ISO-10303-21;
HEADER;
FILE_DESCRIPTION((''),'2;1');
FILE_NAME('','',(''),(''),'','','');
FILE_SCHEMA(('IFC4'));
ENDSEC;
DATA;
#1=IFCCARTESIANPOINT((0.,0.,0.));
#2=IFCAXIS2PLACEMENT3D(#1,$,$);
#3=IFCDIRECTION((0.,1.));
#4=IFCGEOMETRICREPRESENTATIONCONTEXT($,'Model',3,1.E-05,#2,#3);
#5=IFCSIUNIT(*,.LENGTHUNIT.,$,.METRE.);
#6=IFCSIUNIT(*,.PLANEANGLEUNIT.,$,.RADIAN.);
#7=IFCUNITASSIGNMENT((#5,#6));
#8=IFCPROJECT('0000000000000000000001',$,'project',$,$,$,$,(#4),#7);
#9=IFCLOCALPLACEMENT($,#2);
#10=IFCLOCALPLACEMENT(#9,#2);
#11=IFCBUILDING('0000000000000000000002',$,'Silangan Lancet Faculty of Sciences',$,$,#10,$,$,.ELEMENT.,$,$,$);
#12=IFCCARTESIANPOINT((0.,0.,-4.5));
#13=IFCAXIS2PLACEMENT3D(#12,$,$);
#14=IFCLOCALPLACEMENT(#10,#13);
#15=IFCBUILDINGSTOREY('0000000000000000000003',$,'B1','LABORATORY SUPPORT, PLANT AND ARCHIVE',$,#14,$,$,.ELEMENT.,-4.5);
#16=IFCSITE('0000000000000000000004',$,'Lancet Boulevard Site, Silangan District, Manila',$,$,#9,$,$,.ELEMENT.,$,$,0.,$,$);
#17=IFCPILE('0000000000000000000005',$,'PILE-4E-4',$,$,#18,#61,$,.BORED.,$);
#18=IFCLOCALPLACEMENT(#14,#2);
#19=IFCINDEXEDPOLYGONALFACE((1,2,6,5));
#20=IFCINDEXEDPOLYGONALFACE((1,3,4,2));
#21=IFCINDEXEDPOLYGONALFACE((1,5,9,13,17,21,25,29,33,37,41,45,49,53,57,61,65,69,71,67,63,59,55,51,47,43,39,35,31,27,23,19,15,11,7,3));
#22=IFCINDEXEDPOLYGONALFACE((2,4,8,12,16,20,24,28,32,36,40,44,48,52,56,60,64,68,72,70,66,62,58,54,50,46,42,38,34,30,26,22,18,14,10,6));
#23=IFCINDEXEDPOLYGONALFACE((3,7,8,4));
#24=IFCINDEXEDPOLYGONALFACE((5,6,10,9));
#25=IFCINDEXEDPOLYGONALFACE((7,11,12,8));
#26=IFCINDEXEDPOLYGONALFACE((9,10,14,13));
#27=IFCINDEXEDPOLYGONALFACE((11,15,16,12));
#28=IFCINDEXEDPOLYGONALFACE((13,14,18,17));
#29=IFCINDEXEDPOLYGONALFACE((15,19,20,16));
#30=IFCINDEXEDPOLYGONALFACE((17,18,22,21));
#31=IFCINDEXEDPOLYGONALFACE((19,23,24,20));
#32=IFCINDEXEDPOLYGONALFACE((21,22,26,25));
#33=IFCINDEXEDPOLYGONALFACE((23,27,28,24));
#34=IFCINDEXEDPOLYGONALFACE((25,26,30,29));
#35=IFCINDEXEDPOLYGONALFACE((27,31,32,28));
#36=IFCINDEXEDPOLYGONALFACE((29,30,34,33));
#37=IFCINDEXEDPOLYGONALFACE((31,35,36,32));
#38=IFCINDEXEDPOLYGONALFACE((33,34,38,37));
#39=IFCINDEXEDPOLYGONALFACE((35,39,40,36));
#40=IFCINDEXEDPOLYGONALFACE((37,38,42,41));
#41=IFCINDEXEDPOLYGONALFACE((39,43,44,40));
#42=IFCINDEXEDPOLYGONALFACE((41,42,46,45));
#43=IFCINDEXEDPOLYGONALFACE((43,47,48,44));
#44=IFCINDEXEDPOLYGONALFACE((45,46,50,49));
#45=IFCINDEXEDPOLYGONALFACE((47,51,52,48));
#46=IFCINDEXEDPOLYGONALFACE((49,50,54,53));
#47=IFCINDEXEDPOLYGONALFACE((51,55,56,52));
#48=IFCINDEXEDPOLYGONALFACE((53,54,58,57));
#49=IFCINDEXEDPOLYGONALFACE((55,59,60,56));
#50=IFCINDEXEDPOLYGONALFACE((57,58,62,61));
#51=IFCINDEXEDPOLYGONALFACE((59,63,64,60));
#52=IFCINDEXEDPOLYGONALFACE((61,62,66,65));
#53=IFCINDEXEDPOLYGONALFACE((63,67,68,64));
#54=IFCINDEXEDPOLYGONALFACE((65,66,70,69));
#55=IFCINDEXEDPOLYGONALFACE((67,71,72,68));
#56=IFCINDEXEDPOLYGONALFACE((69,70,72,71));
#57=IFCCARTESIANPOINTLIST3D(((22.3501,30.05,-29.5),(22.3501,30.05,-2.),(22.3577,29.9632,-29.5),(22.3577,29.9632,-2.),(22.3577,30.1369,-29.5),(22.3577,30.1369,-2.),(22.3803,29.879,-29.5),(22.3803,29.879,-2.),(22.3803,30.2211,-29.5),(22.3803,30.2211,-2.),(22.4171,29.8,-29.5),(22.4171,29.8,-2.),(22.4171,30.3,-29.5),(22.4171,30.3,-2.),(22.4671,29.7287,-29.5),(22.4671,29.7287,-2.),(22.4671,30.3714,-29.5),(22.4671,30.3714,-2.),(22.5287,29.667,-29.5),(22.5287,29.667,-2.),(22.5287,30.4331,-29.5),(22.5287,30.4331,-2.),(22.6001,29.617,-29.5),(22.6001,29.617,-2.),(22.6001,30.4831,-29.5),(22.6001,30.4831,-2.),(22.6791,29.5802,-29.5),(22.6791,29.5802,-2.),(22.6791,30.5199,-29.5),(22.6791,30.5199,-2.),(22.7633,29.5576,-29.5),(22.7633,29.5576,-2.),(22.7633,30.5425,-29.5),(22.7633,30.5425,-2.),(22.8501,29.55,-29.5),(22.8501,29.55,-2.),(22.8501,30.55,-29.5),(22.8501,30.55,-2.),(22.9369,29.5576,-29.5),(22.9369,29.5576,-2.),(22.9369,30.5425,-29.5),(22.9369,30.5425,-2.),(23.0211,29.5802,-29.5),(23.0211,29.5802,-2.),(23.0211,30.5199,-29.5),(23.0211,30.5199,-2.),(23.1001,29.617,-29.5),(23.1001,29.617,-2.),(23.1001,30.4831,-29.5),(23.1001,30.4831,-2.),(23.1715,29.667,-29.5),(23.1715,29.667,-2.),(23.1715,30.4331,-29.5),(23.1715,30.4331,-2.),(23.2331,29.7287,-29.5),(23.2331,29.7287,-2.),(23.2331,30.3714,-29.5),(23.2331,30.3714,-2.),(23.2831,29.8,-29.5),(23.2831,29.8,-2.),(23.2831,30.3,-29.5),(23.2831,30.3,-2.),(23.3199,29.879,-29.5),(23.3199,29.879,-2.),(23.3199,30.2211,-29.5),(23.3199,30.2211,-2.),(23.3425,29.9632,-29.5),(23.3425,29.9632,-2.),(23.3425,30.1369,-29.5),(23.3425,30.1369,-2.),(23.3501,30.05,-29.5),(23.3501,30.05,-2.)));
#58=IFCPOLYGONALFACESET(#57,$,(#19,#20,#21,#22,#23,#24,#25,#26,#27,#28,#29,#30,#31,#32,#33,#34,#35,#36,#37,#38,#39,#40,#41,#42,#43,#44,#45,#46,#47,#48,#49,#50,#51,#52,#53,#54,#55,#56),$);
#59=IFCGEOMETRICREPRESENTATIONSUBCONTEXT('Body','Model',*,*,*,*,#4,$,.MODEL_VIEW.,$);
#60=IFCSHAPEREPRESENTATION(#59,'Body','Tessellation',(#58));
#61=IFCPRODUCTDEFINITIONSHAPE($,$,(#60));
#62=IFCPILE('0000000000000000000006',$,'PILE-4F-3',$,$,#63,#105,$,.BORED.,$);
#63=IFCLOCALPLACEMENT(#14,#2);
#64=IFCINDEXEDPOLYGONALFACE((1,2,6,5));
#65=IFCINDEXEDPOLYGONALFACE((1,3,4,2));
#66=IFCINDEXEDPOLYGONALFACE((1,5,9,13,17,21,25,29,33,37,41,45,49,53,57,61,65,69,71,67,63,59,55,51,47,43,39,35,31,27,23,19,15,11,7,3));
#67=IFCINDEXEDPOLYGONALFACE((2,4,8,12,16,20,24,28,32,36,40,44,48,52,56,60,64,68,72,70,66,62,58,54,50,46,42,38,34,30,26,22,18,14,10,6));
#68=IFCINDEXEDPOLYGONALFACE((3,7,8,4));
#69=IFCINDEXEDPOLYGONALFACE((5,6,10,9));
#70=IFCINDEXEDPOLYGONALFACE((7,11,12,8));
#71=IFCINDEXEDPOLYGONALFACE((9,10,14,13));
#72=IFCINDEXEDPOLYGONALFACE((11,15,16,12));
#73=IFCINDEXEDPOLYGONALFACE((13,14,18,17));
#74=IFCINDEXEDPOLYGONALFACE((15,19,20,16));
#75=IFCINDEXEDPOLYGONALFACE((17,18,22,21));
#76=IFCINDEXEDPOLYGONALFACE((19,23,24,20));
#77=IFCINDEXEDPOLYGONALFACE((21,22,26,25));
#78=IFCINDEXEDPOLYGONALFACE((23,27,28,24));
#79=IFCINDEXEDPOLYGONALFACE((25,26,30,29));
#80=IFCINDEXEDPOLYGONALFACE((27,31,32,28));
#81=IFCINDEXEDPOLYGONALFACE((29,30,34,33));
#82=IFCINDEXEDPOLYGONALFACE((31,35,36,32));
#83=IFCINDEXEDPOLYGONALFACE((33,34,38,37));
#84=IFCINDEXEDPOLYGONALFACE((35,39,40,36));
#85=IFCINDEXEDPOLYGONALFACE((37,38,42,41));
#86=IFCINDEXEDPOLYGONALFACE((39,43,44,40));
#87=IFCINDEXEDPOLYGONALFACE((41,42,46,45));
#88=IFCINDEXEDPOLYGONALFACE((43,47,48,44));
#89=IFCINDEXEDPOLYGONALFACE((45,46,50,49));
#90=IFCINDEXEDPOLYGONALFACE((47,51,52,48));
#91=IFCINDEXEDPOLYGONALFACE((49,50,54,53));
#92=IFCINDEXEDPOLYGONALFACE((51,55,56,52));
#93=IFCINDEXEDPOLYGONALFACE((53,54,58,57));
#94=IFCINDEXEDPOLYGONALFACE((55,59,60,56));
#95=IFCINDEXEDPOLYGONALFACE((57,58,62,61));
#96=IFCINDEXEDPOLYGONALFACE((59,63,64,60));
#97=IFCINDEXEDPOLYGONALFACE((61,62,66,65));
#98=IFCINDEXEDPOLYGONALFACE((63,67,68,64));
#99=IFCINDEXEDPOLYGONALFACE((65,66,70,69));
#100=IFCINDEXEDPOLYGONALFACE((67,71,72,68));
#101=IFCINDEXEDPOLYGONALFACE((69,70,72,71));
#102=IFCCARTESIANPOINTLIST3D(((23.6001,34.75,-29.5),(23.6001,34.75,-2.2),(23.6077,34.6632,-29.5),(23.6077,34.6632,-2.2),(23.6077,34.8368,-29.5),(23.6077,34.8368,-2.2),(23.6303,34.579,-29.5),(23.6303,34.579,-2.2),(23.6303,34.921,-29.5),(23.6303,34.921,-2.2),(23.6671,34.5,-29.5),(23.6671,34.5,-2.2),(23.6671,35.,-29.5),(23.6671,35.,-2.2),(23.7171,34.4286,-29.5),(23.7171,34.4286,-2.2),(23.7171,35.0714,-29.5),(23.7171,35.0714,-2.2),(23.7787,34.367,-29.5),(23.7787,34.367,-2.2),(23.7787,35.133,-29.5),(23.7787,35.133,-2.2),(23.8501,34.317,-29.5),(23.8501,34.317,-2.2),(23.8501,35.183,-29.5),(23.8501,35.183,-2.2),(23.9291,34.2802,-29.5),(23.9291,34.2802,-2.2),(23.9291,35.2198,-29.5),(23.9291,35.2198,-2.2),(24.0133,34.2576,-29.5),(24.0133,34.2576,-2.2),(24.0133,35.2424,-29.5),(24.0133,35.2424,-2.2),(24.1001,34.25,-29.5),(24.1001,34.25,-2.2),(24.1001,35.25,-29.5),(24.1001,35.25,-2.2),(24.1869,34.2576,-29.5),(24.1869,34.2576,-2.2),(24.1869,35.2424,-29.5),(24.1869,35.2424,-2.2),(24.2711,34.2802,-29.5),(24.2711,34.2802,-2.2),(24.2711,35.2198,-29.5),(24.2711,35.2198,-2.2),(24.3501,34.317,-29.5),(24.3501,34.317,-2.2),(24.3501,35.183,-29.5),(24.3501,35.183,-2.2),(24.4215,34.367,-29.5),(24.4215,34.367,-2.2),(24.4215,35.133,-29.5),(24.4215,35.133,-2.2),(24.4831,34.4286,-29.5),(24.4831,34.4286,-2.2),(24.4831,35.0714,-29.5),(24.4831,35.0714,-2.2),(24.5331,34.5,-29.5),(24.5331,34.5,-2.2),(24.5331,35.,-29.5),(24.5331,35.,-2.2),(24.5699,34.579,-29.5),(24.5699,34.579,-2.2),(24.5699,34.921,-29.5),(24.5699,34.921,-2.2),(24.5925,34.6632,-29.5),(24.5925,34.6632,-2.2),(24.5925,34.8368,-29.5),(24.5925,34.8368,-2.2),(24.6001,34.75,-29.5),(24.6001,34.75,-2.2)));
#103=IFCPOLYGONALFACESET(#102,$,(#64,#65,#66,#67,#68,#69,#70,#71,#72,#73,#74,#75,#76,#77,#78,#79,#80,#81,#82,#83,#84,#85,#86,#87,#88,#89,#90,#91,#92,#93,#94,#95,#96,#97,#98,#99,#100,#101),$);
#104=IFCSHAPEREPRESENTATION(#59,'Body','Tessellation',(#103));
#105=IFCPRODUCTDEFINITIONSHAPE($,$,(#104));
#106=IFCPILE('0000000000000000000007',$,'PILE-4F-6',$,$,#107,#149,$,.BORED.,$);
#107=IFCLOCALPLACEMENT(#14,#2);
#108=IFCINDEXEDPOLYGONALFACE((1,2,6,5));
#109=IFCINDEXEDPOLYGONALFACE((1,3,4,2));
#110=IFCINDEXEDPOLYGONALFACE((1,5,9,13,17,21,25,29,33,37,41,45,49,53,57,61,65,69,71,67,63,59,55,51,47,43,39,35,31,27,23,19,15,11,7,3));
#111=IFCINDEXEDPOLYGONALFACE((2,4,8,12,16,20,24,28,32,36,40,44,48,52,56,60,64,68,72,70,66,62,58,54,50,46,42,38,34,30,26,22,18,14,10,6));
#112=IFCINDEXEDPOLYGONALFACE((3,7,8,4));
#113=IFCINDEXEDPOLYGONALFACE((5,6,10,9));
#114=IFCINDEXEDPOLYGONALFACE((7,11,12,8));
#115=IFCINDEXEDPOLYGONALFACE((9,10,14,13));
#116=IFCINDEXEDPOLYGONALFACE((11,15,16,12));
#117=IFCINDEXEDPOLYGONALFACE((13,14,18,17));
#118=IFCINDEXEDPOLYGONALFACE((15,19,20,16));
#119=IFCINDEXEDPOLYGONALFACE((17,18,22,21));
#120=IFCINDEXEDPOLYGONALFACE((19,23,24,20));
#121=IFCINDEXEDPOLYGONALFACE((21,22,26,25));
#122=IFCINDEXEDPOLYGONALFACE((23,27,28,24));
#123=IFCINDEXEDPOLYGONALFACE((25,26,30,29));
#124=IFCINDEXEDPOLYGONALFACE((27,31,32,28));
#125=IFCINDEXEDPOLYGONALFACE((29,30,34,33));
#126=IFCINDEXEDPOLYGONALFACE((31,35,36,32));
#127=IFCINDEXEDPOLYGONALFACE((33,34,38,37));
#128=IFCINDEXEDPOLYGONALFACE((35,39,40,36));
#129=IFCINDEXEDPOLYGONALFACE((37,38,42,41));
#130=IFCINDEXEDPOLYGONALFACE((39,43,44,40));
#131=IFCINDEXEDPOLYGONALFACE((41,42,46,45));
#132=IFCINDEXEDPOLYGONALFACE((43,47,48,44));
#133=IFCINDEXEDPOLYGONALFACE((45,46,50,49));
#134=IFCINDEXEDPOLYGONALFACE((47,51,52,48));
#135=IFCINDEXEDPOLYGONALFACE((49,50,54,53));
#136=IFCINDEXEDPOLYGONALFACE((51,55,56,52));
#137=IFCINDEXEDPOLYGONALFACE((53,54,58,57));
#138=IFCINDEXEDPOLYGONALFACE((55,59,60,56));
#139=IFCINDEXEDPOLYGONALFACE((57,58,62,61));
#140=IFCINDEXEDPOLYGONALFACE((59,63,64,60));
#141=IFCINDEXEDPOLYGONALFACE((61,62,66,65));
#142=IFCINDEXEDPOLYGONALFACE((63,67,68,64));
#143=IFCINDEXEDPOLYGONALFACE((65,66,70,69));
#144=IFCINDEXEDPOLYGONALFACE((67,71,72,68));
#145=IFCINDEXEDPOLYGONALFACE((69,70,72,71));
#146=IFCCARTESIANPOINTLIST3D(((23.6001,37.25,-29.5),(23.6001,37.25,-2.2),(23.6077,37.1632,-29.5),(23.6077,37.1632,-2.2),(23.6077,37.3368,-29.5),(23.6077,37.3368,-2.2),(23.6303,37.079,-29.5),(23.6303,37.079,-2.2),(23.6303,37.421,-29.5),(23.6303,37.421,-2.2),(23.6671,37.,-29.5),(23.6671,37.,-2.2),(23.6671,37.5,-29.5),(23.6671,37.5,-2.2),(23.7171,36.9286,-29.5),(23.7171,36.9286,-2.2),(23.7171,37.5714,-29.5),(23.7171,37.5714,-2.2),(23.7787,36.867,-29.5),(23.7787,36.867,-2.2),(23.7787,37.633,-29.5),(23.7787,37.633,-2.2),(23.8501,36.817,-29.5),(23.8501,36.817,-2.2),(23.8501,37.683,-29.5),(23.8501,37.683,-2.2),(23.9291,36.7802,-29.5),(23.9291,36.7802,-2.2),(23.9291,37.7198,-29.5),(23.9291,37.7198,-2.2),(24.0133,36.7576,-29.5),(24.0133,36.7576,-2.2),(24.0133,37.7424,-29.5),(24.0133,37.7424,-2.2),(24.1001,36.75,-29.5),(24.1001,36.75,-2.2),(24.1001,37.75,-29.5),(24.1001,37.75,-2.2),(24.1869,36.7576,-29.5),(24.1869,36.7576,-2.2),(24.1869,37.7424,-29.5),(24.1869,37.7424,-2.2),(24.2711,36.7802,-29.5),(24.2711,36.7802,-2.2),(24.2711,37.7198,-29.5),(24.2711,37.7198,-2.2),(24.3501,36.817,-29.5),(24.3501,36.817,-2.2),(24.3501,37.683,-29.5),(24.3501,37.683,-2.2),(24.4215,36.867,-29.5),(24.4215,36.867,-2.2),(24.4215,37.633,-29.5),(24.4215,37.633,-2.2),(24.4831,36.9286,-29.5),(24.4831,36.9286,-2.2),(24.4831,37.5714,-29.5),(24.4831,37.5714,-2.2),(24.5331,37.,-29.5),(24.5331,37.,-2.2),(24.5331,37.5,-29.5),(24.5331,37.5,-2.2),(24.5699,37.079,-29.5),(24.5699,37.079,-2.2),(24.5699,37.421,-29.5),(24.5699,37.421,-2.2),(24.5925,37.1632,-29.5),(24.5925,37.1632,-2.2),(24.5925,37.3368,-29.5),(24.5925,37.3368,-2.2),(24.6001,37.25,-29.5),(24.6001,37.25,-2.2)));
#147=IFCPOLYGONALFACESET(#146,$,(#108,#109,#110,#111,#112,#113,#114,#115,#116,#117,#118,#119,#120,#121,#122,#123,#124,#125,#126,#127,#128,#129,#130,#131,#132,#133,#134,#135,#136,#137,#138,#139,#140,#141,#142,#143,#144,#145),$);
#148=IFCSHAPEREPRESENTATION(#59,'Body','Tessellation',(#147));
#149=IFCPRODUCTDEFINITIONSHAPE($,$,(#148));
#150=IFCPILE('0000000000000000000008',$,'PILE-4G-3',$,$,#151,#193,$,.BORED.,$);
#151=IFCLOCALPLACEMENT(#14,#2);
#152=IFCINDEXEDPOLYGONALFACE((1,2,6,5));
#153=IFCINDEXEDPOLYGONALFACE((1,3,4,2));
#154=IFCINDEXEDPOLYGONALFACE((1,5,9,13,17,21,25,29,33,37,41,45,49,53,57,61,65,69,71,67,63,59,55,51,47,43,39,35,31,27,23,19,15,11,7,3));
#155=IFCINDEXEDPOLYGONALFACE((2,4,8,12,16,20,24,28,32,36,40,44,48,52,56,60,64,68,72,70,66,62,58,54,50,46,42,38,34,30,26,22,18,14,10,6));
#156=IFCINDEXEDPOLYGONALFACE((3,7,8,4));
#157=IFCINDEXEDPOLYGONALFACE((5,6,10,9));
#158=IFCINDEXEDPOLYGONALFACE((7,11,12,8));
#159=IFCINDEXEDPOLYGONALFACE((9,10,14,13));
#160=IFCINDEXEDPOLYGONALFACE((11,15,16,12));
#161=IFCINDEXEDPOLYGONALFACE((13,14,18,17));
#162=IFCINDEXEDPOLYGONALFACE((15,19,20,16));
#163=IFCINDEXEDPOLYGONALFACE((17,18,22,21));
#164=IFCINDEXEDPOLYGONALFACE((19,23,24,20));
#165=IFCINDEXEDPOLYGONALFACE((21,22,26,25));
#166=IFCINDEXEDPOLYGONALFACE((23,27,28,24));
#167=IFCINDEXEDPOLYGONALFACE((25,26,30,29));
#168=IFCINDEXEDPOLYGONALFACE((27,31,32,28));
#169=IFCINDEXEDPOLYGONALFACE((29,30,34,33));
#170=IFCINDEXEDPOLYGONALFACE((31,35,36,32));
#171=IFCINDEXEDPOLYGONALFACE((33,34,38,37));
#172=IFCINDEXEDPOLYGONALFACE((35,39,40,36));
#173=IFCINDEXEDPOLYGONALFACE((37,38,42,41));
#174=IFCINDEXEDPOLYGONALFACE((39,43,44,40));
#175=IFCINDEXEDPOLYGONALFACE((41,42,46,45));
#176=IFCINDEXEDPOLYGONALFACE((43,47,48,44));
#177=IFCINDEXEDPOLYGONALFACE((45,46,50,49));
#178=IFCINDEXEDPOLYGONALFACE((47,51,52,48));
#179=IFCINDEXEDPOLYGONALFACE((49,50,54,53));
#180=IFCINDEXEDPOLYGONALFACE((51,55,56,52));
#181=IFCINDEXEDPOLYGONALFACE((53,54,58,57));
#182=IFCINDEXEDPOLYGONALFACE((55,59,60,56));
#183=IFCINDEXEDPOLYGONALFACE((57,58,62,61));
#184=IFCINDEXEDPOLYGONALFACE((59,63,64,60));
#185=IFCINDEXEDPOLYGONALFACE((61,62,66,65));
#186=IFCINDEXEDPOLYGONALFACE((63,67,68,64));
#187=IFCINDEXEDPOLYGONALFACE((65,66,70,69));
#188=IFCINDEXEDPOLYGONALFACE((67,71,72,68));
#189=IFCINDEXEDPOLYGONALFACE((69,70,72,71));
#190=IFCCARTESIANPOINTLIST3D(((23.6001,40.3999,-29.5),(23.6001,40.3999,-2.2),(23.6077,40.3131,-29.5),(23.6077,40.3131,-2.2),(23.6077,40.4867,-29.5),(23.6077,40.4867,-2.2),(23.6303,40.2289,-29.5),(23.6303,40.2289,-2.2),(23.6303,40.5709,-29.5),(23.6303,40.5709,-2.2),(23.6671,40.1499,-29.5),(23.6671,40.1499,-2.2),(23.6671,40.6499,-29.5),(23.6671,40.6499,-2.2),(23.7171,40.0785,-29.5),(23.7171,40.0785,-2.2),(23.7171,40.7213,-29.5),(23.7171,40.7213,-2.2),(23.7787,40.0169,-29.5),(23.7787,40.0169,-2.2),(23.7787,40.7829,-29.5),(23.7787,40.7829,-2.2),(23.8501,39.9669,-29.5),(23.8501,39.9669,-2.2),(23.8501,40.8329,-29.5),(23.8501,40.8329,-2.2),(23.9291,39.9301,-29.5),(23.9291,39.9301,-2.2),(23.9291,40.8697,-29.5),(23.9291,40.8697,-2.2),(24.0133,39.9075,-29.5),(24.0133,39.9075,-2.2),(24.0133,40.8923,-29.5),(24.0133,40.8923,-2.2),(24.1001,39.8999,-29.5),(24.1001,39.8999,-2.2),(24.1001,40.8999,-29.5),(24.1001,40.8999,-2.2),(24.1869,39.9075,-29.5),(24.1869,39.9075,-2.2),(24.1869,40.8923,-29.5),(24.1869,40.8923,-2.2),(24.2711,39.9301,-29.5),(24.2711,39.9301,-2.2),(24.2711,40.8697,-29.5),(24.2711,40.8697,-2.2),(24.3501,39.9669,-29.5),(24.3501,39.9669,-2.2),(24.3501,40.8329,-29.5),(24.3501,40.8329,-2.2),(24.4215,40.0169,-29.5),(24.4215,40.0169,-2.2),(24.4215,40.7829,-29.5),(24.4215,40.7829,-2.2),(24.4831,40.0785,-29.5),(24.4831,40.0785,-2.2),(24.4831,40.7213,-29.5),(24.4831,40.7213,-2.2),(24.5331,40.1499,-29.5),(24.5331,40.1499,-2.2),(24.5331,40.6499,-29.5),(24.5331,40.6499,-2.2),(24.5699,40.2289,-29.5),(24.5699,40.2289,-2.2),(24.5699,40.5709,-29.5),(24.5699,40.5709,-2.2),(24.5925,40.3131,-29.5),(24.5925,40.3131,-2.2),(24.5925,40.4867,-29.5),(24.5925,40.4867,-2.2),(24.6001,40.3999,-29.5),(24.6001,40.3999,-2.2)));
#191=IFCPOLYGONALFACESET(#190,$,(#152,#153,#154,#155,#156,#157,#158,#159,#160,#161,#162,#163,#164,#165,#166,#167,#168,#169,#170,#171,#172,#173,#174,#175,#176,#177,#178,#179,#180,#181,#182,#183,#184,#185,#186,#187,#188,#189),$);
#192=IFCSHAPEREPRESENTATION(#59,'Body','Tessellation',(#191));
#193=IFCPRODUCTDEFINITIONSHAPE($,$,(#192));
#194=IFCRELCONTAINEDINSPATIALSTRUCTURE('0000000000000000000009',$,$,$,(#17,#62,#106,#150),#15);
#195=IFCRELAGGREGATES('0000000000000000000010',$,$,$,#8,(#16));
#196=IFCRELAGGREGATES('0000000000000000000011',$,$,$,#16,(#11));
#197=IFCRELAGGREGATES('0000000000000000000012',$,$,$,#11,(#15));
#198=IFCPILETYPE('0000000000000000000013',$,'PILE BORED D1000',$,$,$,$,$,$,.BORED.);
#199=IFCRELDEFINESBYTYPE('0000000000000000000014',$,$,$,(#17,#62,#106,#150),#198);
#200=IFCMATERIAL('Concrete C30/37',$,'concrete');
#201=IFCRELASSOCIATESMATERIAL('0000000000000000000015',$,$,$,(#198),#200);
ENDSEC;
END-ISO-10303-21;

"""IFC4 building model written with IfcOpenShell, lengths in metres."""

from ifc_helpers import new_model, si_unit, direction, frame, origin, origin_2d, place, context, subcontext, project, spatial, circle, extrude, material, material_profile, profile_set, type_object, element, save


model = new_model("IFC4")

# Units and contexts
model_context = context("Model", 3, precision=1e-05, world=origin(), true_north=direction((0.0, 1.0)))
body_context = subcontext(model_context, "Body", "Model", "MODEL_VIEW")
ifc_project = project(units=[si_unit("LENGTHUNIT", "METRE"), si_unit("PLANEANGLEUNIT", "RADIAN")], contexts=[model_context])

# Site, building, storey
site_placement = place(None, origin())
site = spatial("IfcSite", under=ifc_project, at=site_placement, Name="Lancet Boulevard Site, Silangan District, Manila", CompositionType="ELEMENT", RefElevation=0.0)
building_placement = place(site_placement, origin())
building = spatial("IfcBuilding", under=site, at=building_placement, Name="Silangan Lancet Faculty of Sciences", CompositionType="ELEMENT")
storey_placement = place(building_placement, frame((0.0, 0.0, -4.5)))
storey = spatial("IfcBuildingStorey", under=building, at=storey_placement, Name="B1", Description="LABORATORY SUPPORT, PLANT AND ARCHIVE", CompositionType="ELEMENT", Elevation=-4.5)

# Piles
ifc_material_1 = material(Name="Concrete C30/37", Category="concrete")
ifc_material_profile_1 = material_profile(ifc_material_1, circle(Radius=0.5, at=origin_2d()), Name="BORED PILE D1000")
ifc_profile_set_1 = profile_set([ifc_material_profile_1], Name="Concrete C30/37")
pile_type = type_object("IfcPileType", Name="PILE BORED D1000", PredefinedType="BORED", material=ifc_profile_set_1)
pile_1_placement = place(storey_placement, frame((22.8501, 30.05, -2.0), z_axis=(0.0, 0.0, -1.0), x_axis=(1.0, 0.0, 0.0)))
element("IfcPile", 1, at=pile_1_placement, inside=storey, type_object=pile_type, Name="PILE-4E-4", PredefinedType="BORED", context=body_context, shape_type="SweptSolid", body=[
    extrude(circle(Radius=0.5, at=origin_2d()), origin(), (0.0, 0.0, 1.0), 27.5),
])
for number, where, z_axis, x_axis, name in (
    (2, (24.1001, 34.75, -2.2), (0.0, 0.0, -1.0), (1.0, 0.0, 0.0), "PILE-4F-3"),
    (3, (24.1001, 37.25, -2.2), (0.0, 0.0, -1.0), (1.0, 0.0, 0.0), "PILE-4F-6"),
    (4, (24.1001, 40.3999, -2.2), (0.0, 0.0, -1.0), (1.0, 0.0, 0.0), "PILE-4G-3"),
):
    element("IfcPile", number, at=place(storey_placement, frame(where, z_axis=z_axis, x_axis=x_axis)), inside=storey, type_object=pile_type, Name=name, PredefinedType="BORED", context=body_context, shape_type="SweptSolid", body=[
        extrude(circle(Radius=0.5, at=origin_2d()), origin(), (0.0, 0.0, 1.0), 27.3),
    ])

save(model, "model.ifc")
